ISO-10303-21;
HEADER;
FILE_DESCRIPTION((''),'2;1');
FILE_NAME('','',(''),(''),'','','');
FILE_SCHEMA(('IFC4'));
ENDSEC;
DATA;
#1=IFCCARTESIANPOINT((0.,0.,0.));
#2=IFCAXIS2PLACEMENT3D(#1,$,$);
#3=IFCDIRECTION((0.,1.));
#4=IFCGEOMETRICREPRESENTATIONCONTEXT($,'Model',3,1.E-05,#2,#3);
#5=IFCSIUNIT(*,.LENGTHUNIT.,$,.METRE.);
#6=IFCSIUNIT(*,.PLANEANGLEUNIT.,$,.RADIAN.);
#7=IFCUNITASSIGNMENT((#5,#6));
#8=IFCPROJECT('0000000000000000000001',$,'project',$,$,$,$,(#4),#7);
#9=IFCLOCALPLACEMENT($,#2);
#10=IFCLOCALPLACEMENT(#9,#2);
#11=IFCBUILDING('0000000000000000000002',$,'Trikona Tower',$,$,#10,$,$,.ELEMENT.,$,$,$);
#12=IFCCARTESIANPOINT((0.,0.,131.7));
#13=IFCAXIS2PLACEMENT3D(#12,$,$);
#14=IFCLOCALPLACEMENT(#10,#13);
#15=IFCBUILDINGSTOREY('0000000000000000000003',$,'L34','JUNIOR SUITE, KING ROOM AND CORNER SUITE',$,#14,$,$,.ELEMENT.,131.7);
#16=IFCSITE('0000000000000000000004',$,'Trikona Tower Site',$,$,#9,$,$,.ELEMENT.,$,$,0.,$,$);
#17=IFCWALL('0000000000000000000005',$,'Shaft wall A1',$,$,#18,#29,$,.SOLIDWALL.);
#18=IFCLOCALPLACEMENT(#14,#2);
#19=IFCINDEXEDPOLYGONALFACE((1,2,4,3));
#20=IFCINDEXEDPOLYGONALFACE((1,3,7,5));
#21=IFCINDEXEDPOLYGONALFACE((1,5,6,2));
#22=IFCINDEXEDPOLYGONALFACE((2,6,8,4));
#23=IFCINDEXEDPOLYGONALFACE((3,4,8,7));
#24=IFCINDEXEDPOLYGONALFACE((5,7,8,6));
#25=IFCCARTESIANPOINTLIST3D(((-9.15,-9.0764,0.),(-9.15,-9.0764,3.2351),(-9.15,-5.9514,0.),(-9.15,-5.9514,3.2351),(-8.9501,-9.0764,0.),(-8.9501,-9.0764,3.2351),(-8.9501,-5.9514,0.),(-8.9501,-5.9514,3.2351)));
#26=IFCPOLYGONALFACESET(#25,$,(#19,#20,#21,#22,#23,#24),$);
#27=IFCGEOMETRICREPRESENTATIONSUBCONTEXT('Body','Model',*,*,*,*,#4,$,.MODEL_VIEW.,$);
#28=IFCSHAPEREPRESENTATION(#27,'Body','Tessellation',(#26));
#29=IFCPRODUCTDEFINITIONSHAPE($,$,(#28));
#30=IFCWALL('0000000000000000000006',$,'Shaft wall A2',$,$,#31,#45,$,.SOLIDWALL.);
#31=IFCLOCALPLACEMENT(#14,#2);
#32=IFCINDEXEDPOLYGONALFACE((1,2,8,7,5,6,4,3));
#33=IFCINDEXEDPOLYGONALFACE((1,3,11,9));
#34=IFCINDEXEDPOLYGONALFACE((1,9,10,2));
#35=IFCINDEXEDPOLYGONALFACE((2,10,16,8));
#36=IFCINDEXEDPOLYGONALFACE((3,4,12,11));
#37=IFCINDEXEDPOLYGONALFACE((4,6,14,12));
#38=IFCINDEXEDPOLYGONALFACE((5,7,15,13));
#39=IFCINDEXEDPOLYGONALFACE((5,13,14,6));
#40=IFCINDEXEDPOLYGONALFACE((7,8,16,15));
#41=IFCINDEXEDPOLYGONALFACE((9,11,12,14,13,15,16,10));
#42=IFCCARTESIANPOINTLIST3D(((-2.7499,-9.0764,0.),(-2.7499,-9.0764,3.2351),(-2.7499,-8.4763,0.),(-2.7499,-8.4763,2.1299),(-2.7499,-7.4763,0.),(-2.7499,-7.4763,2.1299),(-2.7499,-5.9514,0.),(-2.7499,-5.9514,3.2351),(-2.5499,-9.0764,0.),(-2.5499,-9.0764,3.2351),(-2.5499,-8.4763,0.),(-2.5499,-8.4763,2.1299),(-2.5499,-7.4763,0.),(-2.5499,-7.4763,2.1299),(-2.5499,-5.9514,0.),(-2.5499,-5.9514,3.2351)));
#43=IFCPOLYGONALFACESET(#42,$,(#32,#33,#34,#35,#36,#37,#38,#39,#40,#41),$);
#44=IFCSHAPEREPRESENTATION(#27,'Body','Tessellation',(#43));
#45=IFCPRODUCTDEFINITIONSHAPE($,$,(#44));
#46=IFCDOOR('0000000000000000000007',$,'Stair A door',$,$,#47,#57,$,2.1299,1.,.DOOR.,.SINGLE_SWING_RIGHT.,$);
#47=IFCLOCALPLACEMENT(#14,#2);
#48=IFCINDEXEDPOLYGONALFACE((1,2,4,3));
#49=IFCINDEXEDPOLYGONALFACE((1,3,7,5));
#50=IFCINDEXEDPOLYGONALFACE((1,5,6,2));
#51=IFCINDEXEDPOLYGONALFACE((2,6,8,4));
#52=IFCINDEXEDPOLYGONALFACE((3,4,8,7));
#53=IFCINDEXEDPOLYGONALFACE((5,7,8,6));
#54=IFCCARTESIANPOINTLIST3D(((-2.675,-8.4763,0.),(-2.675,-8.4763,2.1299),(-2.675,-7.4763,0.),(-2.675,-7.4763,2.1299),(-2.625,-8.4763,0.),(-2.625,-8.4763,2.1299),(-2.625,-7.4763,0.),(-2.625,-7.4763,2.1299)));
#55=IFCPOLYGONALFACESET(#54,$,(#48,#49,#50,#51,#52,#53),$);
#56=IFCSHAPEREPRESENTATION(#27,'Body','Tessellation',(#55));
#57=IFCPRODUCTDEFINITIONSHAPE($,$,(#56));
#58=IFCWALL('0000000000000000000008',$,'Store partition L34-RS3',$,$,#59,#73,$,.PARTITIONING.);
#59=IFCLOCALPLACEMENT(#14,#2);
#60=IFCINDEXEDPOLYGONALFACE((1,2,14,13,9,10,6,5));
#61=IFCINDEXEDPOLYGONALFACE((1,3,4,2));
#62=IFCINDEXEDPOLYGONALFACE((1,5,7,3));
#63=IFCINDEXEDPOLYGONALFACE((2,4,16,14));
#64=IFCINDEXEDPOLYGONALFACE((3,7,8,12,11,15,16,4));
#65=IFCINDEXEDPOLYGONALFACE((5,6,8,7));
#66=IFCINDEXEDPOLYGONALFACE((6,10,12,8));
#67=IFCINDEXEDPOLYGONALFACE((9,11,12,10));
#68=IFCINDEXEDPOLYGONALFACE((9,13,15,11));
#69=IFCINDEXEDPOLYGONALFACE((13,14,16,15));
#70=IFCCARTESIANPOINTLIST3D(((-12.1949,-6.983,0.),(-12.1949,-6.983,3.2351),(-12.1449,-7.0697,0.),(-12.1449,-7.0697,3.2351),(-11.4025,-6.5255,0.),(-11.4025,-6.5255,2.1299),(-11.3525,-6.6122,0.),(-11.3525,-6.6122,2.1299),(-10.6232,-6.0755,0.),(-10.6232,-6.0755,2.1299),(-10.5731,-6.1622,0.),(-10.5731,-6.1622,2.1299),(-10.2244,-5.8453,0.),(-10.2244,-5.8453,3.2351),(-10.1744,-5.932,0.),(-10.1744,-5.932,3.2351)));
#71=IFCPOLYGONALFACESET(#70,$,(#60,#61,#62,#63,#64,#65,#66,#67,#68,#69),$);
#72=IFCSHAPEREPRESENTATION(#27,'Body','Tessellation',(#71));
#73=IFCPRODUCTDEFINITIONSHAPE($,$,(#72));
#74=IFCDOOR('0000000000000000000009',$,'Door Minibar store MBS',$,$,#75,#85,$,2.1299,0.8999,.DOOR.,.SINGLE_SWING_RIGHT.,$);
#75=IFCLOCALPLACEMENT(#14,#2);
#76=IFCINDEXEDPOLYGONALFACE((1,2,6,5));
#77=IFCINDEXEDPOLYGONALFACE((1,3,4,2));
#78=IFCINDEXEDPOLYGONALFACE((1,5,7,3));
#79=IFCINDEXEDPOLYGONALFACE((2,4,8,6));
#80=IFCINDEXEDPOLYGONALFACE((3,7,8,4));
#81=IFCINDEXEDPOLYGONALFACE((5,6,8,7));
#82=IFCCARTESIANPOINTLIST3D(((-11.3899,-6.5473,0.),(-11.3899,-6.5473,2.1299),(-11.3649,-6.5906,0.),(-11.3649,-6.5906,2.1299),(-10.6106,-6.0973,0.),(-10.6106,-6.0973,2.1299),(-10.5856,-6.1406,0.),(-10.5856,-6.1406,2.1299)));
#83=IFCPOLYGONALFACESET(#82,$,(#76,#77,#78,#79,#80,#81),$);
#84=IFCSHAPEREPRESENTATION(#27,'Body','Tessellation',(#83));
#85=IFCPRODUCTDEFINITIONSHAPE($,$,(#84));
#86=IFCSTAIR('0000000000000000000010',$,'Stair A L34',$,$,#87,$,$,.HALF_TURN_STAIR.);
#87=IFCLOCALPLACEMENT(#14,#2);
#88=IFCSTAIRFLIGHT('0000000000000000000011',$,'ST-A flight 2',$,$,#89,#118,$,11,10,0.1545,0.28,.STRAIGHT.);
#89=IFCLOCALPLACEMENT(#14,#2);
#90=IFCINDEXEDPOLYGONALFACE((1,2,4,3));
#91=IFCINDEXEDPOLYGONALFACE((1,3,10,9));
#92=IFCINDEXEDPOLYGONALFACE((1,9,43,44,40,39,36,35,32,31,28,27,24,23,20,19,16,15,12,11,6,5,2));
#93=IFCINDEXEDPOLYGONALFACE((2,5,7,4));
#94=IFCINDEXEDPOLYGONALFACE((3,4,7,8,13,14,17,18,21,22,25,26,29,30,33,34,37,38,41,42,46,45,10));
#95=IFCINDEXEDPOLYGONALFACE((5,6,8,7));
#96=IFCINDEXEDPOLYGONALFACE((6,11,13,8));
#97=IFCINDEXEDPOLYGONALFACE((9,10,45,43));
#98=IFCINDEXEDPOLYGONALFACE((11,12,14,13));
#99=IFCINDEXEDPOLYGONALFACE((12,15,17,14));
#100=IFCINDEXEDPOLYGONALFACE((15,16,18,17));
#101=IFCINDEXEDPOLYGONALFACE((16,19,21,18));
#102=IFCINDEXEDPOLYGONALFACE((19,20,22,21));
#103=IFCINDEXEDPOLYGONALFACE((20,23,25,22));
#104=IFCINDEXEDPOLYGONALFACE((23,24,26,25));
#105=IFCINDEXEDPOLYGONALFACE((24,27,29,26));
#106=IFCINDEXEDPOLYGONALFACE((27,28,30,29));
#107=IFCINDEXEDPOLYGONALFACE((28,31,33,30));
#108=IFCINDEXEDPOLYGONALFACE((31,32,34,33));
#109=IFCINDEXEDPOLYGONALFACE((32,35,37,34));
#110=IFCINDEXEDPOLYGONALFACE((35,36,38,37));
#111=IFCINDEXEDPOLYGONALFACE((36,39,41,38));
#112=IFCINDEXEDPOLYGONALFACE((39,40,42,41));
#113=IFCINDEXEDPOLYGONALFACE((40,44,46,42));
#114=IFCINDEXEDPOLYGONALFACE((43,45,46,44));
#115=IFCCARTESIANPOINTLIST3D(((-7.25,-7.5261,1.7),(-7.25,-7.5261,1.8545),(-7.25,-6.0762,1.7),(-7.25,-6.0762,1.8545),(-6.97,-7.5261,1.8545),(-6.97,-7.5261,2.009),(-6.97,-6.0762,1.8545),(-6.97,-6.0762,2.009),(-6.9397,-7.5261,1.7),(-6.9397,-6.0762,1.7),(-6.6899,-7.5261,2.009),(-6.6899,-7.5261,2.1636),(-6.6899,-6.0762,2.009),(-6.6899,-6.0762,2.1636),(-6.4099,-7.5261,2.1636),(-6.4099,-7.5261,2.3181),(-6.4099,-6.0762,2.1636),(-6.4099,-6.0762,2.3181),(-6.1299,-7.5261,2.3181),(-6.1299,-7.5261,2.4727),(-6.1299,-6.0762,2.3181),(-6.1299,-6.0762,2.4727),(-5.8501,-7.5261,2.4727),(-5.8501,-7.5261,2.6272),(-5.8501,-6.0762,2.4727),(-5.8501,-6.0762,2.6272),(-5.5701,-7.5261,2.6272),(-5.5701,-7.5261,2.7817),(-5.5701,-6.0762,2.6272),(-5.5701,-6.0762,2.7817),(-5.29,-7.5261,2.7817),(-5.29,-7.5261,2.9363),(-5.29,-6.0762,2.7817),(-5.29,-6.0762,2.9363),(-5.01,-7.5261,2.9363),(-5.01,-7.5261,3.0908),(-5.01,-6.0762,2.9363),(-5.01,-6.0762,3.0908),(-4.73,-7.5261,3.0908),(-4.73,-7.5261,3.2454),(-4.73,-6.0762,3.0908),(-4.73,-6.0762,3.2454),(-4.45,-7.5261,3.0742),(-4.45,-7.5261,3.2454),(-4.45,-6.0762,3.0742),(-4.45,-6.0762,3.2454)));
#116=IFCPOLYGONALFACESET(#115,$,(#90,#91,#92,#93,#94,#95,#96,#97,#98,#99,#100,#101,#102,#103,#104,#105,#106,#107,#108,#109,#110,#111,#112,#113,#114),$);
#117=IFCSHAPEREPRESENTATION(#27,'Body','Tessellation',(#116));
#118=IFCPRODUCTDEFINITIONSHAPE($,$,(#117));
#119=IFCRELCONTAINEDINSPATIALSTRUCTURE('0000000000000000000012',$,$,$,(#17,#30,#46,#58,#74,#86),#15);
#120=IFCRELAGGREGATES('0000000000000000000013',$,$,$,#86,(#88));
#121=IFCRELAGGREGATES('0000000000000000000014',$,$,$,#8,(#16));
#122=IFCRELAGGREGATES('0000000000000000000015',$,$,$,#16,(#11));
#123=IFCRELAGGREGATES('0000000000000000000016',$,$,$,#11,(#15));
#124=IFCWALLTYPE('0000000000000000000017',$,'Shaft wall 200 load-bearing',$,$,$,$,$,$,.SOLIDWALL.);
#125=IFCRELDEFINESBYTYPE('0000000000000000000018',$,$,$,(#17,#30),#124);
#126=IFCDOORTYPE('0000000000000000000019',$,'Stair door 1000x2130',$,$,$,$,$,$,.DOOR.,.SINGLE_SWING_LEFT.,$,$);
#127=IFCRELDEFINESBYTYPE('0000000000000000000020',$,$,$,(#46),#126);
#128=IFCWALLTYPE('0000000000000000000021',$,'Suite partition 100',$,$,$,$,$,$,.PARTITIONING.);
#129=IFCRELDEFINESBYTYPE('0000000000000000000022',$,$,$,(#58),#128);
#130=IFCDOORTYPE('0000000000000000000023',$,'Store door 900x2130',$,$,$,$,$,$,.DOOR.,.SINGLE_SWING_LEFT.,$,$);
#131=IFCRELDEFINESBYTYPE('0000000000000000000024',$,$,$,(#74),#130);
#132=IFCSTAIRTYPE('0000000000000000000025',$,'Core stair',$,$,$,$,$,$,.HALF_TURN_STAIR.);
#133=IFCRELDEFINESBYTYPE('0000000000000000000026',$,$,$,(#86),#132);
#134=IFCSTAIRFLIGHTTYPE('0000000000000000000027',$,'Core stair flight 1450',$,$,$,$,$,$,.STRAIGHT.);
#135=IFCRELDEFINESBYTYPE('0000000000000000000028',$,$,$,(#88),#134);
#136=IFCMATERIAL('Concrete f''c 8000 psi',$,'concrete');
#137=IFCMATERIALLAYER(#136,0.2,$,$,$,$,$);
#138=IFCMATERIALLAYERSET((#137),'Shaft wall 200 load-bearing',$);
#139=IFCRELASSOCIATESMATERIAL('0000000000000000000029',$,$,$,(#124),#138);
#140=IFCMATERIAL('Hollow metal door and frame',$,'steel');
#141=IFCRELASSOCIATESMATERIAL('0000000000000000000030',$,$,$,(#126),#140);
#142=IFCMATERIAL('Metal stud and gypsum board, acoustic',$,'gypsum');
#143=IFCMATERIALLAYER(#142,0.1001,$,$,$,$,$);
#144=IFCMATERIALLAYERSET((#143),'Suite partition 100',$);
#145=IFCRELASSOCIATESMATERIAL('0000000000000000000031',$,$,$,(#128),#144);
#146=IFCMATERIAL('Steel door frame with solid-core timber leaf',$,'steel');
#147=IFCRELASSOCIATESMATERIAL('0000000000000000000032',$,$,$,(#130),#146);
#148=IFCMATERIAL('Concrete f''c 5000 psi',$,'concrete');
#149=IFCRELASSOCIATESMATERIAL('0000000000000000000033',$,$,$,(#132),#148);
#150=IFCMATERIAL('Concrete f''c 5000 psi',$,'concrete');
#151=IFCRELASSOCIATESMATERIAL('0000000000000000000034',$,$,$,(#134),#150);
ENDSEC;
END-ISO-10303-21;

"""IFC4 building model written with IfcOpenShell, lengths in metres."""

from ifc_helpers import new_model, si_unit, direction, frame, frame_2d, origin, place, context, subcontext, project, spatial, polyline, rectangle, outline, extrude, material, layer, layer_set, type_object, element, fill, aggregate, save


model = new_model("IFC4")

# Units and contexts
model_context = context("Model", 3, precision=1e-05, world=origin(), true_north=direction((0.0, 1.0)))
body_context = subcontext(model_context, "Body", "Model", "MODEL_VIEW")
ifc_project = project(units=[si_unit("LENGTHUNIT", "METRE"), si_unit("PLANEANGLEUNIT", "RADIAN")], contexts=[model_context])

# Site, building, storey
site_placement = place(None, origin())
site = spatial("IfcSite", under=ifc_project, at=site_placement, Name="Trikona Tower Site", CompositionType="ELEMENT", RefElevation=0.0)
building_placement = place(site_placement, origin())
building = spatial("IfcBuilding", under=site, at=building_placement, Name="Trikona Tower", CompositionType="ELEMENT")
storey_placement = place(building_placement, frame((0.0, 0.0, 131.7)))
storey = spatial("IfcBuildingStorey", under=building, at=storey_placement, Name="L34", Description="JUNIOR SUITE, KING ROOM AND CORNER SUITE", CompositionType="ELEMENT", Elevation=131.7)

# Wall
ifc_material_1 = material(Name="Concrete f'c 8000 psi", Category="concrete")
ifc_layer_1 = layer(ifc_material_1, 0.2)
ifc_layer_set_1 = layer_set([ifc_layer_1], Name="Shaft wall 200 load-bearing")
wall_type_1 = type_object("IfcWallType", Name="Shaft wall 200 load-bearing", PredefinedType="SOLIDWALL", material=ifc_layer_set_1)
wall_1_placement = place(storey_placement, frame((-9.05, -5.9514, 0.0), z_axis=(0.0, 0.0, 1.0), x_axis=(0.0, -1.0, 0.0)))
element("IfcWall", 1, at=wall_1_placement, inside=storey, type_object=wall_type_1, Name="Shaft wall A1", PredefinedType="SOLIDWALL", context=body_context, shape_type="SweptSolid", body=[
    extrude(rectangle(XDim=3.125, YDim=0.2, at=frame_2d((1.5625, 0.0))), origin(), (0.0, 0.0, 1.0), 3.2351),
])

# Walls, openings, doors
wall_2_placement = place(storey_placement, frame((-2.6499, -5.9514, 0.0), z_axis=(0.0, 0.0, 1.0), x_axis=(0.0, -1.0, 0.0)))
wall_2 = element("IfcWall", 2, at=wall_2_placement, inside=storey, type_object=wall_type_1, Name="Shaft wall A2", PredefinedType="SOLIDWALL", context=body_context, shape_type="SweptSolid", body=[
    extrude(rectangle(XDim=3.125, YDim=0.2, at=frame_2d((1.5625, 0.0))), origin(), (0.0, 0.0, 1.0), 3.2351),
])
opening_1_placement = place(wall_2_placement, frame((1.5249, 0.0, 0.0)))
opening_1 = element("IfcOpeningElement", 3, at=opening_1_placement, cuts=wall_2, PredefinedType="OPENING", context=body_context, shape_type="SweptSolid", body=[
    extrude(rectangle(XDim=1.0, YDim=2.1299, at=frame_2d((0.5, 1.0649))), frame((0.0, 0.1099, 0.0), z_axis=(0.0, -1.0, 0.0), x_axis=(1.0, 0.0, 0.0)), (0.0, 0.0, 1.0), 0.22),
])
ifc_material_2 = material(Name="Hollow metal door and frame", Category="steel")
door_type_1 = type_object("IfcDoorType", Name="Stair door 1000x2130", OperationType="SINGLE_SWING_LEFT", PredefinedType="DOOR", material=ifc_material_2)
door_1_placement = place(opening_1_placement, origin())
door_1 = element("IfcDoor", 4, at=door_1_placement, inside=storey, type_object=door_type_1, Name="Stair A door", OperationType="SINGLE_SWING_RIGHT", OverallHeight=2.1299, OverallWidth=1.0, PredefinedType="DOOR", context=body_context, shape_type="SweptSolid", body=[
    extrude(rectangle(XDim=1.0, YDim=2.1299, at=frame_2d((0.5, 1.0649))), frame((0.0, 0.0249, 0.0), z_axis=(0.0, -1.0, 0.0), x_axis=(1.0, 0.0, 0.0)), (0.0, 0.0, 1.0), 0.05),
])
fill(opening_1, door_1)
ifc_material_3 = material(Name="Metal stud and gypsum board, acoustic", Category="gypsum")
ifc_layer_2 = layer(ifc_material_3, 0.1001)
ifc_layer_set_2 = layer_set([ifc_layer_2], Name="Suite partition 100")
wall_type_2 = type_object("IfcWallType", Name="Suite partition 100", PredefinedType="PARTITIONING", material=ifc_layer_set_2)
wall_3_placement = place(storey_placement, frame((-12.1699, -7.0264, 0.0), z_axis=(0.0, 0.0, 1.0), x_axis=(0.866016, 0.500017, 0.0)))
wall_3 = element("IfcWall", 5, at=wall_3_placement, inside=storey, type_object=wall_type_2, Name="Store partition L34-RS3", PredefinedType="PARTITIONING", context=body_context, shape_type="SweptSolid", body=[
    extrude(rectangle(XDim=2.2754, YDim=0.1001, at=frame_2d((1.1377, 0.0))), origin(), (0.0, 0.0, 1.0), 3.2351),
])
opening_2_placement = place(wall_3_placement, frame((0.915, 0.0, 0.0)))
opening_2 = element("IfcOpeningElement", 6, at=opening_2_placement, cuts=wall_3, PredefinedType="OPENING", context=body_context, shape_type="SweptSolid", body=[
    extrude(rectangle(XDim=0.8999, YDim=2.1299, at=frame_2d((0.45, 1.0649))), frame((0.0, 0.0601, 0.0), z_axis=(0.0, -1.0, 0.0), x_axis=(1.0, 0.0, 0.0)), (0.0, 0.0, 1.0), 0.1201),
])
ifc_material_4 = material(Name="Steel door frame with solid-core timber leaf", Category="steel")
door_type_2 = type_object("IfcDoorType", Name="Store door 900x2130", OperationType="SINGLE_SWING_LEFT", PredefinedType="DOOR", material=ifc_material_4)
door_2_placement = place(opening_2_placement, origin())
door_2 = element("IfcDoor", 7, at=door_2_placement, inside=storey, type_object=door_type_2, Name="Door Minibar store MBS", OperationType="SINGLE_SWING_RIGHT", OverallHeight=2.1299, OverallWidth=0.8999, PredefinedType="DOOR", context=body_context, shape_type="SweptSolid", body=[
    extrude(rectangle(XDim=0.8999, YDim=2.1299, at=frame_2d((0.45, 1.0649))), frame((0.0, 0.0249, 0.0), z_axis=(0.0, -1.0, 0.0), x_axis=(1.0, 0.0, 0.0)), (0.0, 0.0, 1.0), 0.05),
])
fill(opening_2, door_2)

# Stair, stair flight
ifc_material_5 = material(Name="Concrete f'c 5000 psi", Category="concrete")
stair_type = type_object("IfcStairType", Name="Core stair", PredefinedType="HALF_TURN_STAIR", material=ifc_material_5)
stair_placement = place(storey_placement, origin())
stair = element("IfcStair", 8, at=stair_placement, inside=storey, type_object=stair_type, Name="Stair A L34", PredefinedType="HALF_TURN_STAIR")
ifc_material_6 = material(Name="Concrete f'c 5000 psi", Category="concrete")
stair_flight_type = type_object("IfcStairFlightType", Name="Core stair flight 1450", PredefinedType="STRAIGHT", material=ifc_material_6)
stair_flight_placement = place(storey_placement, frame((-7.25, -6.8013, 1.7), z_axis=(0.0, 0.0, 1.0), x_axis=(1.0, 0.0, 0.0)))
stair_flight = element("IfcStairFlight", 9, at=stair_flight_placement, type_object=stair_flight_type, Name="ST-A flight 2", NumberOfRisers=11, NumberOfTreads=10, PredefinedType="STRAIGHT", RiserHeight=0.1545, TreadLength=0.28, context=body_context, shape_type="SweptSolid", body=[
    extrude(outline(polyline([(0.0, 0.0), (0.0, 0.1545), (0.28, 0.1545), (0.28, 0.3091), (0.5601, 0.3091), (0.5601, 0.4636), (0.8401, 0.4636), (0.8401, 0.6182), (1.1201, 0.6182), (1.1201, 0.7727), (1.3999, 0.7727), (1.3999, 0.9272), (1.6799, 0.9272), (1.6799, 1.0818), (1.96, 1.0818), (1.96, 1.2363), (2.24, 1.2363), (2.24, 1.3909), (2.52, 1.3909), (2.52, 1.5454), (2.8, 1.5454), (2.8, 1.7), (2.8, 1.3743), (0.3103, 0.0), (0.0, 0.0)])), frame((0.0, 0.7251, 0.0), z_axis=(0.0, -1.0, 0.0), x_axis=(1.0, 0.0, 0.0)), (0.0, 0.0, 1.0), 1.45),
])
aggregate(stair, [stair_flight])

save(model, "model.ifc")
